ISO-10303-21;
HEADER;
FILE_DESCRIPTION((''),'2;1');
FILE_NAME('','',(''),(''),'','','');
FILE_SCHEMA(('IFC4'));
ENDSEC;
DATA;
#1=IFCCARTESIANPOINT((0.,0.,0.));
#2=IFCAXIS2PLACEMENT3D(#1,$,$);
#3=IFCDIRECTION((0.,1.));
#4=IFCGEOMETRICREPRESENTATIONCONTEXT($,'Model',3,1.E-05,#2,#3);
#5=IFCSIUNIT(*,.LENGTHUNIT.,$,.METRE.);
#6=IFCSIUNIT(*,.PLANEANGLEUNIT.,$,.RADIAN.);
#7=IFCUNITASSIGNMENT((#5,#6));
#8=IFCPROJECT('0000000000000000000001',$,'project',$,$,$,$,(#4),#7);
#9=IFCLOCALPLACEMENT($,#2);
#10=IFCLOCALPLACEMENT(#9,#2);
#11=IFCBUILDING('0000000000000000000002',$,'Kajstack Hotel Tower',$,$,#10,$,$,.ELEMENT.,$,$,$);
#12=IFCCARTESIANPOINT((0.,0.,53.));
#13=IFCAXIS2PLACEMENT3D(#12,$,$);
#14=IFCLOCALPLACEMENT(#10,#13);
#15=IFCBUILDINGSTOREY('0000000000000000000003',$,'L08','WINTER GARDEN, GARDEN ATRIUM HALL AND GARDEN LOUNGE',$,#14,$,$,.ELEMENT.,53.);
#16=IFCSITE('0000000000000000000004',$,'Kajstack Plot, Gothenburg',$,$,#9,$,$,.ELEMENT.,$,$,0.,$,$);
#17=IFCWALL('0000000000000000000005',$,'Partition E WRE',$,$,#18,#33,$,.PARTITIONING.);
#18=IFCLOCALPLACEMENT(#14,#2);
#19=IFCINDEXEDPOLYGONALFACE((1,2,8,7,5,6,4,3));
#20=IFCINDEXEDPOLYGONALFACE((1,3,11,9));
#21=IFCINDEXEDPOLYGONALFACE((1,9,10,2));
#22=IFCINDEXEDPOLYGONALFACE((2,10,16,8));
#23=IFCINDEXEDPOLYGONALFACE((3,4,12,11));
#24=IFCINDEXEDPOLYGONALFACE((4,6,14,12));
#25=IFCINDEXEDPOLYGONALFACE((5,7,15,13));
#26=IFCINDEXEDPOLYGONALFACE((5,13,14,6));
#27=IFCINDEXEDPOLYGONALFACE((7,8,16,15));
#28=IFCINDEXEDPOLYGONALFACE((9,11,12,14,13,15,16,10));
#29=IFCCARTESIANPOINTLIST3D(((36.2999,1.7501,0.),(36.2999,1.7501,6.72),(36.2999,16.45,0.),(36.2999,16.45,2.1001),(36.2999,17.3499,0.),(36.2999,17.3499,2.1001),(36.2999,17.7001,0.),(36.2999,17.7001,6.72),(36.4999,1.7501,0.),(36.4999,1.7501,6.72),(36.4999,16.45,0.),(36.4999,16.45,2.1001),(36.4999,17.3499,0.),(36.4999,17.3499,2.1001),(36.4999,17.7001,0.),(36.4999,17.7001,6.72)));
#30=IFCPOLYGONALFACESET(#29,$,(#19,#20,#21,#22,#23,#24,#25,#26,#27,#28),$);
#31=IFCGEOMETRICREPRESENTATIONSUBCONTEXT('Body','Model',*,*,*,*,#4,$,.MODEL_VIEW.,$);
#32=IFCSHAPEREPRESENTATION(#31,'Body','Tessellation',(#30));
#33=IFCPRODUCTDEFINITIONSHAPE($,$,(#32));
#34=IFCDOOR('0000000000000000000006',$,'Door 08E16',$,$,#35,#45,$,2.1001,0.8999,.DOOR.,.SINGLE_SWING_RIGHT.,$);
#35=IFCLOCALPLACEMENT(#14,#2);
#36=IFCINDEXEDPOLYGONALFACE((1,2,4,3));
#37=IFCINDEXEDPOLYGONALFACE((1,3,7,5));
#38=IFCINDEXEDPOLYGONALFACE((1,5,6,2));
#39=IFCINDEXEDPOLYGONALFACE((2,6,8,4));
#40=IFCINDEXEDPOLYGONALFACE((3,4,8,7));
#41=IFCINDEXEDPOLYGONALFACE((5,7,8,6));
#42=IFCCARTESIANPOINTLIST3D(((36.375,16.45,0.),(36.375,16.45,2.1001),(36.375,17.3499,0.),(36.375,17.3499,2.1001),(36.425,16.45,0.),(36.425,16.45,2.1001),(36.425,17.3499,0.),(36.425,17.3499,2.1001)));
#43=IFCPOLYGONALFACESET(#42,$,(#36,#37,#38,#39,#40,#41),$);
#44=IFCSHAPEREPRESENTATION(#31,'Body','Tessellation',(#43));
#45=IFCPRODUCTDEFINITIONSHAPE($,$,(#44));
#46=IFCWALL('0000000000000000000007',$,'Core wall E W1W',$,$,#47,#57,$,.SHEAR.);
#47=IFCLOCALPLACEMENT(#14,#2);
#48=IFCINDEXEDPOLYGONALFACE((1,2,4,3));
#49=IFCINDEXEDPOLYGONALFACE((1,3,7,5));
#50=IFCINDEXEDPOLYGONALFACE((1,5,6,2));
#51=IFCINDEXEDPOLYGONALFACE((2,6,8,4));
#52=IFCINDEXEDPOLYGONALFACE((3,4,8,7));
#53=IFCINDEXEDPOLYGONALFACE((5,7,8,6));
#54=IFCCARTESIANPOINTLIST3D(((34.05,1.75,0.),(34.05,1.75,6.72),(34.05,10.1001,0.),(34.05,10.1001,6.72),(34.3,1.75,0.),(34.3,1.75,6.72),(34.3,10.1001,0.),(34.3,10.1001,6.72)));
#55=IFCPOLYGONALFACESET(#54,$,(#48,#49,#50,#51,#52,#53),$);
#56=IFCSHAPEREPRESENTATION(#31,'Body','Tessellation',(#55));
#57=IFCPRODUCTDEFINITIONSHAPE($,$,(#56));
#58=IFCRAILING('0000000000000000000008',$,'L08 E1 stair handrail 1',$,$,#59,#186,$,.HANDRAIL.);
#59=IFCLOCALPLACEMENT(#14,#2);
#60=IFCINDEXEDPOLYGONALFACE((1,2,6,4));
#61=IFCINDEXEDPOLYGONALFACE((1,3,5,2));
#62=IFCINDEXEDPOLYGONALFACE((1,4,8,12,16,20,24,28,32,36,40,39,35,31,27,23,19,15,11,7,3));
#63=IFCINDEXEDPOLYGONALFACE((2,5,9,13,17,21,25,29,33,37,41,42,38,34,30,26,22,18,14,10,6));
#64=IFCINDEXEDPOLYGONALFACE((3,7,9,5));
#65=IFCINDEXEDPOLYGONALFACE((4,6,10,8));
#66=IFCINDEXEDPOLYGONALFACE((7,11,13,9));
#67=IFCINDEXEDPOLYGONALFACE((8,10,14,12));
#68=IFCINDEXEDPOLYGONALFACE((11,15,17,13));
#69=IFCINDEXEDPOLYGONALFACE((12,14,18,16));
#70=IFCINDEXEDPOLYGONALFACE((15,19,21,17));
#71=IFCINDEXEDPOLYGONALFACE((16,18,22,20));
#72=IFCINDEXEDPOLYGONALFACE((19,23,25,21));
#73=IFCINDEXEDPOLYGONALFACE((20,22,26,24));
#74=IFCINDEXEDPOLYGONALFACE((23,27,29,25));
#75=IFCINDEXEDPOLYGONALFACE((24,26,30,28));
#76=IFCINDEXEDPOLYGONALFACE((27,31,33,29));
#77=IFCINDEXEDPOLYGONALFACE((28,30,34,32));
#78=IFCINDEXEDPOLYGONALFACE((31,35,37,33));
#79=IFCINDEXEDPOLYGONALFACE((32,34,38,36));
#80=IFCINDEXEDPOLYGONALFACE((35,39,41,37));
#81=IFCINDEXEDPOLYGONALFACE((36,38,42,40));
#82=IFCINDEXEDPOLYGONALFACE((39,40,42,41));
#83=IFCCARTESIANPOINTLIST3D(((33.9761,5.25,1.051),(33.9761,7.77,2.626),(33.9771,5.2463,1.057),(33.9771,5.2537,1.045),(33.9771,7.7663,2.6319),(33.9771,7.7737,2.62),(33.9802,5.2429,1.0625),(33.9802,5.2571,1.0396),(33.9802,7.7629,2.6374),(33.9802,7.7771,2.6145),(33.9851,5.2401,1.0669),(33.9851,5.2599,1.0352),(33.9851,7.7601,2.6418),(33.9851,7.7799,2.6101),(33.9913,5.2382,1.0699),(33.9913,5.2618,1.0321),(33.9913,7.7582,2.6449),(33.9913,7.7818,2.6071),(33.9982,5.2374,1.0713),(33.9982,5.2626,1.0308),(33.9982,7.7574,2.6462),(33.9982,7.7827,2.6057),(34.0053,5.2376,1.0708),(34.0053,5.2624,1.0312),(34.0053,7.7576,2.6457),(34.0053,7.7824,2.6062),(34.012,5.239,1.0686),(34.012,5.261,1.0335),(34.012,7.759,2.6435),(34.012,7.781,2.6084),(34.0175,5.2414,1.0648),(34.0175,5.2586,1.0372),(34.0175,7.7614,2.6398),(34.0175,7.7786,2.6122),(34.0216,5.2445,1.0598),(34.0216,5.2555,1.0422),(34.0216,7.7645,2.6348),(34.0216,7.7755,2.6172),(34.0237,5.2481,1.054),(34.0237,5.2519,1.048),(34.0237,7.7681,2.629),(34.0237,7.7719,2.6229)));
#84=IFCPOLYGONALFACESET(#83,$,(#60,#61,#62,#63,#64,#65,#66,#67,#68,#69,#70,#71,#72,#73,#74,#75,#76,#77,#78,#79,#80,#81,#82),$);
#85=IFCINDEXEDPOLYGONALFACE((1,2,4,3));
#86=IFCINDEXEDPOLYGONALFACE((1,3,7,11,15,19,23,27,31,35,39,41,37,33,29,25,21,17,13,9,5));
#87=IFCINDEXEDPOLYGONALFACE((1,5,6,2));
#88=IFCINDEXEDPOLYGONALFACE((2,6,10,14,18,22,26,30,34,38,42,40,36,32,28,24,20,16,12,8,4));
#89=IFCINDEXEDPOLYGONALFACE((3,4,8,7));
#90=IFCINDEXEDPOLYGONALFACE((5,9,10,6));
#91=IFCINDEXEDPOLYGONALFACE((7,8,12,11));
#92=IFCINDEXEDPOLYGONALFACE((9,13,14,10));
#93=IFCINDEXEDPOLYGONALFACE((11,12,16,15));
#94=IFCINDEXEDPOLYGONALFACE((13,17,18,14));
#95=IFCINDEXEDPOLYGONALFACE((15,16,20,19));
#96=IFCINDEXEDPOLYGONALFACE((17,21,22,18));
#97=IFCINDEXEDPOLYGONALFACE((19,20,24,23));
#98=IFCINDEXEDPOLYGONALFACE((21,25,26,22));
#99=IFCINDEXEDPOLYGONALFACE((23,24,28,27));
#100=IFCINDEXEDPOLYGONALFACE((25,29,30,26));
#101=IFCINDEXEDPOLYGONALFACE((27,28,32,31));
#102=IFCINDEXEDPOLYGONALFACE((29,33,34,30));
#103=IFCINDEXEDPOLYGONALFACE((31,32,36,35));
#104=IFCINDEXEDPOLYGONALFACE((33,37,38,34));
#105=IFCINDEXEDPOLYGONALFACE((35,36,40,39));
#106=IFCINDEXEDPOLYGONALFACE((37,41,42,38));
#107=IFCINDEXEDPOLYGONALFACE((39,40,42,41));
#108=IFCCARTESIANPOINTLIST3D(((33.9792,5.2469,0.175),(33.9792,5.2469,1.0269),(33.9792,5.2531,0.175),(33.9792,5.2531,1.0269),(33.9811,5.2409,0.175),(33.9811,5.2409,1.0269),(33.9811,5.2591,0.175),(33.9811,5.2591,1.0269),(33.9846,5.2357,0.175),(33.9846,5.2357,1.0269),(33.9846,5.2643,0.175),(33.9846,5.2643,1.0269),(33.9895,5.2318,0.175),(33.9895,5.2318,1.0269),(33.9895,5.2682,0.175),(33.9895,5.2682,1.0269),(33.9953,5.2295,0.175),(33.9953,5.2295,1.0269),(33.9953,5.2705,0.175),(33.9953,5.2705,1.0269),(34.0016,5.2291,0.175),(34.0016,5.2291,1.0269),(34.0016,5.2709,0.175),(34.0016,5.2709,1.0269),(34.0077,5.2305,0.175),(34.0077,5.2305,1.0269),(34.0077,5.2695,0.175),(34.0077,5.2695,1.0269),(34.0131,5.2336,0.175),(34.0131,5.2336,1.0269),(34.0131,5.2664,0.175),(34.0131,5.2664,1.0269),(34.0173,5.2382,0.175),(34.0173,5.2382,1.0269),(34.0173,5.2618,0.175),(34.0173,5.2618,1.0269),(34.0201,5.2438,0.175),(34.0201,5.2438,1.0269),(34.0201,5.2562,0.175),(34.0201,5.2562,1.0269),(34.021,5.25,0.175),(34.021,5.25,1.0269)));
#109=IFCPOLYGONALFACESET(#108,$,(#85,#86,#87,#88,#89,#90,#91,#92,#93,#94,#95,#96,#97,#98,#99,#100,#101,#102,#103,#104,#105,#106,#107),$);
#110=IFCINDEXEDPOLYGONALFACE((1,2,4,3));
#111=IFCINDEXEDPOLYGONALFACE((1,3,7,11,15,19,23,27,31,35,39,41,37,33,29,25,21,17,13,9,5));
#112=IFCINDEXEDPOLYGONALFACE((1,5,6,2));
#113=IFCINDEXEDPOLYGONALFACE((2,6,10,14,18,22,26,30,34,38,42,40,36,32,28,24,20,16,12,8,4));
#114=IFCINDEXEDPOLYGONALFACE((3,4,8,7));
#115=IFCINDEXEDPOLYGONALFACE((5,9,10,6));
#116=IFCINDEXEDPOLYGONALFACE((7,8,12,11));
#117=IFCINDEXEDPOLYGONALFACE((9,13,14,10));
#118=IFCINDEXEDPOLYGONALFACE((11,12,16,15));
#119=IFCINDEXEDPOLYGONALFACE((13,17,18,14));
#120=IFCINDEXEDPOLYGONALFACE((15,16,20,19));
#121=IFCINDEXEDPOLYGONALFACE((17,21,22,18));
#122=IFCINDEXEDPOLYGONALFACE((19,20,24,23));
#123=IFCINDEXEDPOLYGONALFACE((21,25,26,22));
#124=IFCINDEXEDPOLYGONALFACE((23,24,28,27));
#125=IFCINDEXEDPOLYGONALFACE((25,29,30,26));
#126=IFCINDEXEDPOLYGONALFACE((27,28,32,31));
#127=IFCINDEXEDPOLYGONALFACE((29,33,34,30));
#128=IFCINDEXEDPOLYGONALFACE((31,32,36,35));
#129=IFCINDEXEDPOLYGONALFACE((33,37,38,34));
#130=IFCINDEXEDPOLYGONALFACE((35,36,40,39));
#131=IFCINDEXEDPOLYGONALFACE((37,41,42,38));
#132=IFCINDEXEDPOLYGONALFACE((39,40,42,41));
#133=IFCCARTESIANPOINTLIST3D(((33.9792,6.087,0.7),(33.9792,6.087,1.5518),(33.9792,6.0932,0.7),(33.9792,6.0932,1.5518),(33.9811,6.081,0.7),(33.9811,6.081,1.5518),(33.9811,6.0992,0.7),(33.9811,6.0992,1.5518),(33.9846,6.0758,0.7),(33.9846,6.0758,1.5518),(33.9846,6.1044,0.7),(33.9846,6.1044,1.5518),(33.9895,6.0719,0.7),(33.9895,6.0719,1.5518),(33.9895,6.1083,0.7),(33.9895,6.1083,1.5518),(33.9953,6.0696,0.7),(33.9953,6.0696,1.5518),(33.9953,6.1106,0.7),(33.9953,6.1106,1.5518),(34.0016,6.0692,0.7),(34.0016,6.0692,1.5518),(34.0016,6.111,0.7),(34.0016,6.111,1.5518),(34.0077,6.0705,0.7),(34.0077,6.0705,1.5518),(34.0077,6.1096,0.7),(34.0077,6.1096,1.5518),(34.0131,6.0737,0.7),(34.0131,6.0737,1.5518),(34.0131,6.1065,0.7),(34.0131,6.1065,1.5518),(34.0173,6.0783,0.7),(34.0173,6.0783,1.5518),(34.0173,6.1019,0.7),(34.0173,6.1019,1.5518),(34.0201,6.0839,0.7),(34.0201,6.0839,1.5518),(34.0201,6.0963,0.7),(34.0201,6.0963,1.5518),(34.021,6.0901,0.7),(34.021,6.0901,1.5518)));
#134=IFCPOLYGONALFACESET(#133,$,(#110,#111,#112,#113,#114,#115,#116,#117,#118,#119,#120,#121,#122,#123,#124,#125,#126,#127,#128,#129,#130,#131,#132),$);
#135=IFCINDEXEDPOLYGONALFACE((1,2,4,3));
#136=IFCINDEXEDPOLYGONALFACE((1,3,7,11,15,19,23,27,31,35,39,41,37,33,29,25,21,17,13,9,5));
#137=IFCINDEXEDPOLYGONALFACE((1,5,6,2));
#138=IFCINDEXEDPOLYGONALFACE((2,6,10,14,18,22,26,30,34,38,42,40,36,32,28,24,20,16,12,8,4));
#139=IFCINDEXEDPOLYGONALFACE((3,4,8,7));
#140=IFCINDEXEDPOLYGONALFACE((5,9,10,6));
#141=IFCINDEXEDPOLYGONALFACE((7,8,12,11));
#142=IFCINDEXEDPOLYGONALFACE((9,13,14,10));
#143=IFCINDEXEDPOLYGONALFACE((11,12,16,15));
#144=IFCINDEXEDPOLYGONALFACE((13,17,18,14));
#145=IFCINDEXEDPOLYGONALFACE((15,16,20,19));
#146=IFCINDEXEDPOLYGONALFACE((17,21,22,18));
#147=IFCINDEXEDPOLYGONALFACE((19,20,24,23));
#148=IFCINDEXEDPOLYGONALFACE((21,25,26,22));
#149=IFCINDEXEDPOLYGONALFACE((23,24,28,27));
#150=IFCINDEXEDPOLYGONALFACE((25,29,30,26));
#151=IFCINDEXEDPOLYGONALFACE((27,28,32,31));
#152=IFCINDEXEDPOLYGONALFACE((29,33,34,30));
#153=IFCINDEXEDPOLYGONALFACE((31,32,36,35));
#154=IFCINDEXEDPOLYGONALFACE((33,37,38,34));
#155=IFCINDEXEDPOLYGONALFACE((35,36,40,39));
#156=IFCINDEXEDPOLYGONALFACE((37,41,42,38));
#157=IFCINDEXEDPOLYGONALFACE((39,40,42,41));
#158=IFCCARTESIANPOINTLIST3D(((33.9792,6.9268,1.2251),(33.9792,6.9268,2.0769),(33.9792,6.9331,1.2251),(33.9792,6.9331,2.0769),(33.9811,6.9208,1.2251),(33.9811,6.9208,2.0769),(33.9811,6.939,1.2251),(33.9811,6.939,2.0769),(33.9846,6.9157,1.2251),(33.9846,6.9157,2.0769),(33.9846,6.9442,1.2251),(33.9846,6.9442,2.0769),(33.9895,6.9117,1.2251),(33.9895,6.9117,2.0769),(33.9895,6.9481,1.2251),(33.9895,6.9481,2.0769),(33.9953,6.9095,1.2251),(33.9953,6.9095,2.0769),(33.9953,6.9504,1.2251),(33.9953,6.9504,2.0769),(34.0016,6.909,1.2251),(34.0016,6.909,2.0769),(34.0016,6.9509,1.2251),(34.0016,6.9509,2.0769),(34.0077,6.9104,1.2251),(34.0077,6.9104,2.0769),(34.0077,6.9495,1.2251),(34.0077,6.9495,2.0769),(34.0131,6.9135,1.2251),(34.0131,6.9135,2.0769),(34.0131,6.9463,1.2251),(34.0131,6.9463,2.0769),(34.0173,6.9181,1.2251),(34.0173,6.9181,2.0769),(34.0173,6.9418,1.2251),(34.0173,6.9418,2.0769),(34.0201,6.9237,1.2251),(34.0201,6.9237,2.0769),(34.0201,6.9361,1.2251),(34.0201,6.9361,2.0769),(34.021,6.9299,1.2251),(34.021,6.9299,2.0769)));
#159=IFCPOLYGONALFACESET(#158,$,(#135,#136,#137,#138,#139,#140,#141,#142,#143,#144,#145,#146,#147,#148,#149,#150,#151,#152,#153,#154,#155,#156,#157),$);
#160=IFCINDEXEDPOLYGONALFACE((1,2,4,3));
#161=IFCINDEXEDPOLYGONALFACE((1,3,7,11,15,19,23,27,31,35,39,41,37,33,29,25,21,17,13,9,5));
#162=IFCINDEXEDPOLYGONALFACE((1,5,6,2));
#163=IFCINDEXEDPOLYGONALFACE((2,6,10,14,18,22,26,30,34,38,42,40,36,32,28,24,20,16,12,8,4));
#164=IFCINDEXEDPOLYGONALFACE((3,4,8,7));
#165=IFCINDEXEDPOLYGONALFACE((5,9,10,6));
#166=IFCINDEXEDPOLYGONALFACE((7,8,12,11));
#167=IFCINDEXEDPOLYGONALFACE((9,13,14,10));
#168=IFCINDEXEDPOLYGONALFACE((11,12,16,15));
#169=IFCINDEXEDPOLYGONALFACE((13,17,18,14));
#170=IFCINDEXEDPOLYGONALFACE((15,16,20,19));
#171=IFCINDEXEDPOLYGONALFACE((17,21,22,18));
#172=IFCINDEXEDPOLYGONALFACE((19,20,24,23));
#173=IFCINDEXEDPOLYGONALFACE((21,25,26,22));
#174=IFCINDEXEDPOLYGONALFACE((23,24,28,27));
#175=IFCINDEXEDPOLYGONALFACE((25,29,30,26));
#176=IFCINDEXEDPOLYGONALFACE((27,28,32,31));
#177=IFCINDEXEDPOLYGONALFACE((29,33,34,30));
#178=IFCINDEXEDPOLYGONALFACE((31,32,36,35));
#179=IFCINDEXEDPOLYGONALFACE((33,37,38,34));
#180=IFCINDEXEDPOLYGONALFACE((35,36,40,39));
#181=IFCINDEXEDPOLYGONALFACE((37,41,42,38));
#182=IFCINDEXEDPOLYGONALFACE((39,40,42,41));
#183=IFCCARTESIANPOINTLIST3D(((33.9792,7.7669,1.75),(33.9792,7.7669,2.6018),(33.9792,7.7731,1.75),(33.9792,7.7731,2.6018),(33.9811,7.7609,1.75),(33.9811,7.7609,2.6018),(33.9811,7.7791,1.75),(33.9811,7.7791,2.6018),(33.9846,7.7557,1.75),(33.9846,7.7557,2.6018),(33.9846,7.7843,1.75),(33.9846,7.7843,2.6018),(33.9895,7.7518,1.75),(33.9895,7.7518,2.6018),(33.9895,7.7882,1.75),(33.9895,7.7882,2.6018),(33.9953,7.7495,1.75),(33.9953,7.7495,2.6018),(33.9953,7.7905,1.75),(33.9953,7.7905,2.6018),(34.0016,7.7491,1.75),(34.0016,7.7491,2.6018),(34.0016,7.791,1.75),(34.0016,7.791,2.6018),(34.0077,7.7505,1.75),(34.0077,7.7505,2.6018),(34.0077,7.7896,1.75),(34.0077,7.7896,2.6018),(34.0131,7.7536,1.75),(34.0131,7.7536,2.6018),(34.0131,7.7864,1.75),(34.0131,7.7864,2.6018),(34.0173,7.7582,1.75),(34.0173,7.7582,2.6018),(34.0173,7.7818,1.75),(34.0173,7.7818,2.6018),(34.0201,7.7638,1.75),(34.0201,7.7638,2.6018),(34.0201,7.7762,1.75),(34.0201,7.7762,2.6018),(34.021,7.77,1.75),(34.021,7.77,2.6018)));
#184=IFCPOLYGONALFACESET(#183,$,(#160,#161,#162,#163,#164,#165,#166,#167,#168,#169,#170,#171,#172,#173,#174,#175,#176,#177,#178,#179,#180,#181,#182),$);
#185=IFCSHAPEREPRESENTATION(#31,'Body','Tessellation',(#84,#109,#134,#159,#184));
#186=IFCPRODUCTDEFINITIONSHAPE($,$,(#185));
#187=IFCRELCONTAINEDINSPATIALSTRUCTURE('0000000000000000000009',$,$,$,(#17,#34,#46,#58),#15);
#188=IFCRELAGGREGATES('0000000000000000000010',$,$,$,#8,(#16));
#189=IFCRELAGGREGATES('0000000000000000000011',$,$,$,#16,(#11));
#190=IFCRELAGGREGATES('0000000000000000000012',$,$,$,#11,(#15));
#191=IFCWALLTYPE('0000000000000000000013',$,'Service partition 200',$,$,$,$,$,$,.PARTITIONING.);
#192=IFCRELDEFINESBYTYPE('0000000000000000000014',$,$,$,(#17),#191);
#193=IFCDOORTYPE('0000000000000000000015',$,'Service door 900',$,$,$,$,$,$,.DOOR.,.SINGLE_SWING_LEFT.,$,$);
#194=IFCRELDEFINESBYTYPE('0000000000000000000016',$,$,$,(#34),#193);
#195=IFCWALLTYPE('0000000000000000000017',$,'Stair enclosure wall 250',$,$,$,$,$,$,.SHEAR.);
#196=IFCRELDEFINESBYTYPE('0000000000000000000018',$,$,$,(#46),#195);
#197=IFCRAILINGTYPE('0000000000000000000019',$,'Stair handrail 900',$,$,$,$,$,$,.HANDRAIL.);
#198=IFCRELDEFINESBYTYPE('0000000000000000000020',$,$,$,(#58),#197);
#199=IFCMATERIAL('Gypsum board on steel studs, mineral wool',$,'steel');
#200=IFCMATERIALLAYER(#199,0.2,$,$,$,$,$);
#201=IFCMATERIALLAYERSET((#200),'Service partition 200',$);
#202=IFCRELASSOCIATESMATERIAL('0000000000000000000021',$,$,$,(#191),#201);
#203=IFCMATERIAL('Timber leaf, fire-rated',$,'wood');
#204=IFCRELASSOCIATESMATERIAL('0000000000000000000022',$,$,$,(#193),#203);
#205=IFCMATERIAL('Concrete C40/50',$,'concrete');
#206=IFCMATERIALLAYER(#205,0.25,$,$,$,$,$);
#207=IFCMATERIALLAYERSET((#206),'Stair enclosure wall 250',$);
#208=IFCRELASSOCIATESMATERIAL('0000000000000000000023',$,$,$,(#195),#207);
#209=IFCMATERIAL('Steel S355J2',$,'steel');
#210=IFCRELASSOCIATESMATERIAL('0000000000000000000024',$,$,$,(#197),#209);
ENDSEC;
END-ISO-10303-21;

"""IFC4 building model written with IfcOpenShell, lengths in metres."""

from ifc_helpers import new_model, si_unit, direction, frame, frame_2d, origin, origin_2d, place, context, subcontext, project, spatial, rectangle, circle, extrude, material, layer, layer_set, type_object, element, fill, save


model = new_model("IFC4")

# Units and contexts
model_context = context("Model", 3, precision=1e-05, world=origin(), true_north=direction((0.0, 1.0)))
body_context = subcontext(model_context, "Body", "Model", "MODEL_VIEW")
ifc_project = project(units=[si_unit("LENGTHUNIT", "METRE"), si_unit("PLANEANGLEUNIT", "RADIAN")], contexts=[model_context])

# Site, building, storey
site_placement = place(None, origin())
site = spatial("IfcSite", under=ifc_project, at=site_placement, Name="Kajstack Plot, Gothenburg", CompositionType="ELEMENT", RefElevation=0.0)
building_placement = place(site_placement, origin())
building = spatial("IfcBuilding", under=site, at=building_placement, Name="Kajstack Hotel Tower", CompositionType="ELEMENT")
storey_placement = place(building_placement, frame((0.0, 0.0, 53.0)))
storey = spatial("IfcBuildingStorey", under=building, at=storey_placement, Name="L08", Description="WINTER GARDEN, GARDEN ATRIUM HALL AND GARDEN LOUNGE", CompositionType="ELEMENT", Elevation=53.0)

# Wall, opening, door
ifc_material_1 = material(Name="Gypsum board on steel studs, mineral wool", Category="steel")
ifc_layer_1 = layer(ifc_material_1, 0.2)
ifc_layer_set_1 = layer_set([ifc_layer_1], Name="Service partition 200")
wall_type_1 = type_object("IfcWallType", Name="Service partition 200", PredefinedType="PARTITIONING", material=ifc_layer_set_1)
wall_1_placement = place(storey_placement, frame((36.3999, 1.75, 0.0), z_axis=(0.0, 0.0, 1.0), x_axis=(0.0, 1.0, 0.0)))
wall_1 = element("IfcWall", 1, at=wall_1_placement, inside=storey, type_object=wall_type_1, Name="Partition E WRE", PredefinedType="PARTITIONING", context=body_context, shape_type="SweptSolid", body=[
    extrude(rectangle(XDim=15.95, YDim=0.2, at=frame_2d((7.9751, 0.0))), origin(), (0.0, 0.0, 1.0), 6.72),
])
opening_placement = place(wall_1_placement, frame((14.7, 0.0, 0.0)))
opening = element("IfcOpeningElement", 2, at=opening_placement, cuts=wall_1, PredefinedType="OPENING", context=body_context, shape_type="SweptSolid", body=[
    extrude(rectangle(XDim=0.8999, YDim=2.1001, at=frame_2d((0.45, 1.05))), frame((0.0, 0.1099, 0.0), z_axis=(0.0, -1.0, 0.0), x_axis=(1.0, 0.0, 0.0)), (0.0, 0.0, 1.0), 0.22),
])
ifc_material_2 = material(Name="Timber leaf, fire-rated", Category="wood")
door_type = type_object("IfcDoorType", Name="Service door 900", OperationType="SINGLE_SWING_LEFT", PredefinedType="DOOR", material=ifc_material_2)
door_placement = place(opening_placement, origin())
door = element("IfcDoor", 3, at=door_placement, inside=storey, type_object=door_type, Name="Door 08E16", OperationType="SINGLE_SWING_RIGHT", OverallHeight=2.1001, OverallWidth=0.8999, PredefinedType="DOOR", context=body_context, shape_type="SweptSolid", body=[
    extrude(rectangle(XDim=0.8999, YDim=2.1001, at=frame_2d((0.45, 1.05))), frame((0.0, 0.0249, 0.0), z_axis=(0.0, -1.0, 0.0), x_axis=(1.0, 0.0, 0.0)), (0.0, 0.0, 1.0), 0.05),
])
fill(opening, door)

# Wall
ifc_material_3 = material(Name="Concrete C40/50", Category="concrete")
ifc_layer_2 = layer(ifc_material_3, 0.25)
ifc_layer_set_2 = layer_set([ifc_layer_2], Name="Stair enclosure wall 250")
wall_type_2 = type_object("IfcWallType", Name="Stair enclosure wall 250", PredefinedType="SHEAR", material=ifc_layer_set_2)
wall_2_placement = place(storey_placement, frame((34.175, 1.75, 0.0), z_axis=(0.0, 0.0, 1.0), x_axis=(0.0, 1.0, 0.0)))
element("IfcWall", 4, at=wall_2_placement, inside=storey, type_object=wall_type_2, Name="Core wall E W1W", PredefinedType="SHEAR", context=body_context, shape_type="SweptSolid", body=[
    extrude(rectangle(XDim=8.3501, YDim=0.25, at=frame_2d((4.175, 0.0))), origin(), (0.0, 0.0, 1.0), 6.72),
])

# Railing
ifc_material_4 = material(Name="Steel S355J2", Category="steel")
railing_type_1 = type_object("IfcRailingType", Name="Stair handrail 900", PredefinedType="HANDRAIL", material=ifc_material_4)
railing_1_placement = place(storey_placement, frame((34.0, 5.25, 0.175)))
element("IfcRailing", 5, at=railing_1_placement, inside=storey, type_object=railing_type_1, Name="L08 E1 stair handrail 1", PredefinedType="HANDRAIL", context=body_context, shape_type="SweptSolid", body=[
    extrude(circle(Radius=0.0239, at=origin_2d()), frame((0.0, 0.0, 0.876), z_axis=(0.0, 0.848008, 0.529984), x_axis=(-1.0, 0.0, 0.0)), (0.0, 0.0, 1.0), 2.9717),
    extrude(circle(Radius=0.021, at=origin_2d()), origin(), (0.0, 0.0, 1.0), 0.8518),
    extrude(circle(Radius=0.021, at=origin_2d()), frame((0.0, 0.8401, 0.5249)), (0.0, 0.0, 1.0), 0.8518),
    extrude(circle(Radius=0.021, at=origin_2d()), frame((0.0, 1.6799, 1.05)), (0.0, 0.0, 1.0), 0.8518),
    extrude(circle(Radius=0.021, at=origin_2d()), frame((0.0, 2.52, 1.575)), (0.0, 0.0, 1.0), 0.8518),
])

save(model, "model.ifc")
